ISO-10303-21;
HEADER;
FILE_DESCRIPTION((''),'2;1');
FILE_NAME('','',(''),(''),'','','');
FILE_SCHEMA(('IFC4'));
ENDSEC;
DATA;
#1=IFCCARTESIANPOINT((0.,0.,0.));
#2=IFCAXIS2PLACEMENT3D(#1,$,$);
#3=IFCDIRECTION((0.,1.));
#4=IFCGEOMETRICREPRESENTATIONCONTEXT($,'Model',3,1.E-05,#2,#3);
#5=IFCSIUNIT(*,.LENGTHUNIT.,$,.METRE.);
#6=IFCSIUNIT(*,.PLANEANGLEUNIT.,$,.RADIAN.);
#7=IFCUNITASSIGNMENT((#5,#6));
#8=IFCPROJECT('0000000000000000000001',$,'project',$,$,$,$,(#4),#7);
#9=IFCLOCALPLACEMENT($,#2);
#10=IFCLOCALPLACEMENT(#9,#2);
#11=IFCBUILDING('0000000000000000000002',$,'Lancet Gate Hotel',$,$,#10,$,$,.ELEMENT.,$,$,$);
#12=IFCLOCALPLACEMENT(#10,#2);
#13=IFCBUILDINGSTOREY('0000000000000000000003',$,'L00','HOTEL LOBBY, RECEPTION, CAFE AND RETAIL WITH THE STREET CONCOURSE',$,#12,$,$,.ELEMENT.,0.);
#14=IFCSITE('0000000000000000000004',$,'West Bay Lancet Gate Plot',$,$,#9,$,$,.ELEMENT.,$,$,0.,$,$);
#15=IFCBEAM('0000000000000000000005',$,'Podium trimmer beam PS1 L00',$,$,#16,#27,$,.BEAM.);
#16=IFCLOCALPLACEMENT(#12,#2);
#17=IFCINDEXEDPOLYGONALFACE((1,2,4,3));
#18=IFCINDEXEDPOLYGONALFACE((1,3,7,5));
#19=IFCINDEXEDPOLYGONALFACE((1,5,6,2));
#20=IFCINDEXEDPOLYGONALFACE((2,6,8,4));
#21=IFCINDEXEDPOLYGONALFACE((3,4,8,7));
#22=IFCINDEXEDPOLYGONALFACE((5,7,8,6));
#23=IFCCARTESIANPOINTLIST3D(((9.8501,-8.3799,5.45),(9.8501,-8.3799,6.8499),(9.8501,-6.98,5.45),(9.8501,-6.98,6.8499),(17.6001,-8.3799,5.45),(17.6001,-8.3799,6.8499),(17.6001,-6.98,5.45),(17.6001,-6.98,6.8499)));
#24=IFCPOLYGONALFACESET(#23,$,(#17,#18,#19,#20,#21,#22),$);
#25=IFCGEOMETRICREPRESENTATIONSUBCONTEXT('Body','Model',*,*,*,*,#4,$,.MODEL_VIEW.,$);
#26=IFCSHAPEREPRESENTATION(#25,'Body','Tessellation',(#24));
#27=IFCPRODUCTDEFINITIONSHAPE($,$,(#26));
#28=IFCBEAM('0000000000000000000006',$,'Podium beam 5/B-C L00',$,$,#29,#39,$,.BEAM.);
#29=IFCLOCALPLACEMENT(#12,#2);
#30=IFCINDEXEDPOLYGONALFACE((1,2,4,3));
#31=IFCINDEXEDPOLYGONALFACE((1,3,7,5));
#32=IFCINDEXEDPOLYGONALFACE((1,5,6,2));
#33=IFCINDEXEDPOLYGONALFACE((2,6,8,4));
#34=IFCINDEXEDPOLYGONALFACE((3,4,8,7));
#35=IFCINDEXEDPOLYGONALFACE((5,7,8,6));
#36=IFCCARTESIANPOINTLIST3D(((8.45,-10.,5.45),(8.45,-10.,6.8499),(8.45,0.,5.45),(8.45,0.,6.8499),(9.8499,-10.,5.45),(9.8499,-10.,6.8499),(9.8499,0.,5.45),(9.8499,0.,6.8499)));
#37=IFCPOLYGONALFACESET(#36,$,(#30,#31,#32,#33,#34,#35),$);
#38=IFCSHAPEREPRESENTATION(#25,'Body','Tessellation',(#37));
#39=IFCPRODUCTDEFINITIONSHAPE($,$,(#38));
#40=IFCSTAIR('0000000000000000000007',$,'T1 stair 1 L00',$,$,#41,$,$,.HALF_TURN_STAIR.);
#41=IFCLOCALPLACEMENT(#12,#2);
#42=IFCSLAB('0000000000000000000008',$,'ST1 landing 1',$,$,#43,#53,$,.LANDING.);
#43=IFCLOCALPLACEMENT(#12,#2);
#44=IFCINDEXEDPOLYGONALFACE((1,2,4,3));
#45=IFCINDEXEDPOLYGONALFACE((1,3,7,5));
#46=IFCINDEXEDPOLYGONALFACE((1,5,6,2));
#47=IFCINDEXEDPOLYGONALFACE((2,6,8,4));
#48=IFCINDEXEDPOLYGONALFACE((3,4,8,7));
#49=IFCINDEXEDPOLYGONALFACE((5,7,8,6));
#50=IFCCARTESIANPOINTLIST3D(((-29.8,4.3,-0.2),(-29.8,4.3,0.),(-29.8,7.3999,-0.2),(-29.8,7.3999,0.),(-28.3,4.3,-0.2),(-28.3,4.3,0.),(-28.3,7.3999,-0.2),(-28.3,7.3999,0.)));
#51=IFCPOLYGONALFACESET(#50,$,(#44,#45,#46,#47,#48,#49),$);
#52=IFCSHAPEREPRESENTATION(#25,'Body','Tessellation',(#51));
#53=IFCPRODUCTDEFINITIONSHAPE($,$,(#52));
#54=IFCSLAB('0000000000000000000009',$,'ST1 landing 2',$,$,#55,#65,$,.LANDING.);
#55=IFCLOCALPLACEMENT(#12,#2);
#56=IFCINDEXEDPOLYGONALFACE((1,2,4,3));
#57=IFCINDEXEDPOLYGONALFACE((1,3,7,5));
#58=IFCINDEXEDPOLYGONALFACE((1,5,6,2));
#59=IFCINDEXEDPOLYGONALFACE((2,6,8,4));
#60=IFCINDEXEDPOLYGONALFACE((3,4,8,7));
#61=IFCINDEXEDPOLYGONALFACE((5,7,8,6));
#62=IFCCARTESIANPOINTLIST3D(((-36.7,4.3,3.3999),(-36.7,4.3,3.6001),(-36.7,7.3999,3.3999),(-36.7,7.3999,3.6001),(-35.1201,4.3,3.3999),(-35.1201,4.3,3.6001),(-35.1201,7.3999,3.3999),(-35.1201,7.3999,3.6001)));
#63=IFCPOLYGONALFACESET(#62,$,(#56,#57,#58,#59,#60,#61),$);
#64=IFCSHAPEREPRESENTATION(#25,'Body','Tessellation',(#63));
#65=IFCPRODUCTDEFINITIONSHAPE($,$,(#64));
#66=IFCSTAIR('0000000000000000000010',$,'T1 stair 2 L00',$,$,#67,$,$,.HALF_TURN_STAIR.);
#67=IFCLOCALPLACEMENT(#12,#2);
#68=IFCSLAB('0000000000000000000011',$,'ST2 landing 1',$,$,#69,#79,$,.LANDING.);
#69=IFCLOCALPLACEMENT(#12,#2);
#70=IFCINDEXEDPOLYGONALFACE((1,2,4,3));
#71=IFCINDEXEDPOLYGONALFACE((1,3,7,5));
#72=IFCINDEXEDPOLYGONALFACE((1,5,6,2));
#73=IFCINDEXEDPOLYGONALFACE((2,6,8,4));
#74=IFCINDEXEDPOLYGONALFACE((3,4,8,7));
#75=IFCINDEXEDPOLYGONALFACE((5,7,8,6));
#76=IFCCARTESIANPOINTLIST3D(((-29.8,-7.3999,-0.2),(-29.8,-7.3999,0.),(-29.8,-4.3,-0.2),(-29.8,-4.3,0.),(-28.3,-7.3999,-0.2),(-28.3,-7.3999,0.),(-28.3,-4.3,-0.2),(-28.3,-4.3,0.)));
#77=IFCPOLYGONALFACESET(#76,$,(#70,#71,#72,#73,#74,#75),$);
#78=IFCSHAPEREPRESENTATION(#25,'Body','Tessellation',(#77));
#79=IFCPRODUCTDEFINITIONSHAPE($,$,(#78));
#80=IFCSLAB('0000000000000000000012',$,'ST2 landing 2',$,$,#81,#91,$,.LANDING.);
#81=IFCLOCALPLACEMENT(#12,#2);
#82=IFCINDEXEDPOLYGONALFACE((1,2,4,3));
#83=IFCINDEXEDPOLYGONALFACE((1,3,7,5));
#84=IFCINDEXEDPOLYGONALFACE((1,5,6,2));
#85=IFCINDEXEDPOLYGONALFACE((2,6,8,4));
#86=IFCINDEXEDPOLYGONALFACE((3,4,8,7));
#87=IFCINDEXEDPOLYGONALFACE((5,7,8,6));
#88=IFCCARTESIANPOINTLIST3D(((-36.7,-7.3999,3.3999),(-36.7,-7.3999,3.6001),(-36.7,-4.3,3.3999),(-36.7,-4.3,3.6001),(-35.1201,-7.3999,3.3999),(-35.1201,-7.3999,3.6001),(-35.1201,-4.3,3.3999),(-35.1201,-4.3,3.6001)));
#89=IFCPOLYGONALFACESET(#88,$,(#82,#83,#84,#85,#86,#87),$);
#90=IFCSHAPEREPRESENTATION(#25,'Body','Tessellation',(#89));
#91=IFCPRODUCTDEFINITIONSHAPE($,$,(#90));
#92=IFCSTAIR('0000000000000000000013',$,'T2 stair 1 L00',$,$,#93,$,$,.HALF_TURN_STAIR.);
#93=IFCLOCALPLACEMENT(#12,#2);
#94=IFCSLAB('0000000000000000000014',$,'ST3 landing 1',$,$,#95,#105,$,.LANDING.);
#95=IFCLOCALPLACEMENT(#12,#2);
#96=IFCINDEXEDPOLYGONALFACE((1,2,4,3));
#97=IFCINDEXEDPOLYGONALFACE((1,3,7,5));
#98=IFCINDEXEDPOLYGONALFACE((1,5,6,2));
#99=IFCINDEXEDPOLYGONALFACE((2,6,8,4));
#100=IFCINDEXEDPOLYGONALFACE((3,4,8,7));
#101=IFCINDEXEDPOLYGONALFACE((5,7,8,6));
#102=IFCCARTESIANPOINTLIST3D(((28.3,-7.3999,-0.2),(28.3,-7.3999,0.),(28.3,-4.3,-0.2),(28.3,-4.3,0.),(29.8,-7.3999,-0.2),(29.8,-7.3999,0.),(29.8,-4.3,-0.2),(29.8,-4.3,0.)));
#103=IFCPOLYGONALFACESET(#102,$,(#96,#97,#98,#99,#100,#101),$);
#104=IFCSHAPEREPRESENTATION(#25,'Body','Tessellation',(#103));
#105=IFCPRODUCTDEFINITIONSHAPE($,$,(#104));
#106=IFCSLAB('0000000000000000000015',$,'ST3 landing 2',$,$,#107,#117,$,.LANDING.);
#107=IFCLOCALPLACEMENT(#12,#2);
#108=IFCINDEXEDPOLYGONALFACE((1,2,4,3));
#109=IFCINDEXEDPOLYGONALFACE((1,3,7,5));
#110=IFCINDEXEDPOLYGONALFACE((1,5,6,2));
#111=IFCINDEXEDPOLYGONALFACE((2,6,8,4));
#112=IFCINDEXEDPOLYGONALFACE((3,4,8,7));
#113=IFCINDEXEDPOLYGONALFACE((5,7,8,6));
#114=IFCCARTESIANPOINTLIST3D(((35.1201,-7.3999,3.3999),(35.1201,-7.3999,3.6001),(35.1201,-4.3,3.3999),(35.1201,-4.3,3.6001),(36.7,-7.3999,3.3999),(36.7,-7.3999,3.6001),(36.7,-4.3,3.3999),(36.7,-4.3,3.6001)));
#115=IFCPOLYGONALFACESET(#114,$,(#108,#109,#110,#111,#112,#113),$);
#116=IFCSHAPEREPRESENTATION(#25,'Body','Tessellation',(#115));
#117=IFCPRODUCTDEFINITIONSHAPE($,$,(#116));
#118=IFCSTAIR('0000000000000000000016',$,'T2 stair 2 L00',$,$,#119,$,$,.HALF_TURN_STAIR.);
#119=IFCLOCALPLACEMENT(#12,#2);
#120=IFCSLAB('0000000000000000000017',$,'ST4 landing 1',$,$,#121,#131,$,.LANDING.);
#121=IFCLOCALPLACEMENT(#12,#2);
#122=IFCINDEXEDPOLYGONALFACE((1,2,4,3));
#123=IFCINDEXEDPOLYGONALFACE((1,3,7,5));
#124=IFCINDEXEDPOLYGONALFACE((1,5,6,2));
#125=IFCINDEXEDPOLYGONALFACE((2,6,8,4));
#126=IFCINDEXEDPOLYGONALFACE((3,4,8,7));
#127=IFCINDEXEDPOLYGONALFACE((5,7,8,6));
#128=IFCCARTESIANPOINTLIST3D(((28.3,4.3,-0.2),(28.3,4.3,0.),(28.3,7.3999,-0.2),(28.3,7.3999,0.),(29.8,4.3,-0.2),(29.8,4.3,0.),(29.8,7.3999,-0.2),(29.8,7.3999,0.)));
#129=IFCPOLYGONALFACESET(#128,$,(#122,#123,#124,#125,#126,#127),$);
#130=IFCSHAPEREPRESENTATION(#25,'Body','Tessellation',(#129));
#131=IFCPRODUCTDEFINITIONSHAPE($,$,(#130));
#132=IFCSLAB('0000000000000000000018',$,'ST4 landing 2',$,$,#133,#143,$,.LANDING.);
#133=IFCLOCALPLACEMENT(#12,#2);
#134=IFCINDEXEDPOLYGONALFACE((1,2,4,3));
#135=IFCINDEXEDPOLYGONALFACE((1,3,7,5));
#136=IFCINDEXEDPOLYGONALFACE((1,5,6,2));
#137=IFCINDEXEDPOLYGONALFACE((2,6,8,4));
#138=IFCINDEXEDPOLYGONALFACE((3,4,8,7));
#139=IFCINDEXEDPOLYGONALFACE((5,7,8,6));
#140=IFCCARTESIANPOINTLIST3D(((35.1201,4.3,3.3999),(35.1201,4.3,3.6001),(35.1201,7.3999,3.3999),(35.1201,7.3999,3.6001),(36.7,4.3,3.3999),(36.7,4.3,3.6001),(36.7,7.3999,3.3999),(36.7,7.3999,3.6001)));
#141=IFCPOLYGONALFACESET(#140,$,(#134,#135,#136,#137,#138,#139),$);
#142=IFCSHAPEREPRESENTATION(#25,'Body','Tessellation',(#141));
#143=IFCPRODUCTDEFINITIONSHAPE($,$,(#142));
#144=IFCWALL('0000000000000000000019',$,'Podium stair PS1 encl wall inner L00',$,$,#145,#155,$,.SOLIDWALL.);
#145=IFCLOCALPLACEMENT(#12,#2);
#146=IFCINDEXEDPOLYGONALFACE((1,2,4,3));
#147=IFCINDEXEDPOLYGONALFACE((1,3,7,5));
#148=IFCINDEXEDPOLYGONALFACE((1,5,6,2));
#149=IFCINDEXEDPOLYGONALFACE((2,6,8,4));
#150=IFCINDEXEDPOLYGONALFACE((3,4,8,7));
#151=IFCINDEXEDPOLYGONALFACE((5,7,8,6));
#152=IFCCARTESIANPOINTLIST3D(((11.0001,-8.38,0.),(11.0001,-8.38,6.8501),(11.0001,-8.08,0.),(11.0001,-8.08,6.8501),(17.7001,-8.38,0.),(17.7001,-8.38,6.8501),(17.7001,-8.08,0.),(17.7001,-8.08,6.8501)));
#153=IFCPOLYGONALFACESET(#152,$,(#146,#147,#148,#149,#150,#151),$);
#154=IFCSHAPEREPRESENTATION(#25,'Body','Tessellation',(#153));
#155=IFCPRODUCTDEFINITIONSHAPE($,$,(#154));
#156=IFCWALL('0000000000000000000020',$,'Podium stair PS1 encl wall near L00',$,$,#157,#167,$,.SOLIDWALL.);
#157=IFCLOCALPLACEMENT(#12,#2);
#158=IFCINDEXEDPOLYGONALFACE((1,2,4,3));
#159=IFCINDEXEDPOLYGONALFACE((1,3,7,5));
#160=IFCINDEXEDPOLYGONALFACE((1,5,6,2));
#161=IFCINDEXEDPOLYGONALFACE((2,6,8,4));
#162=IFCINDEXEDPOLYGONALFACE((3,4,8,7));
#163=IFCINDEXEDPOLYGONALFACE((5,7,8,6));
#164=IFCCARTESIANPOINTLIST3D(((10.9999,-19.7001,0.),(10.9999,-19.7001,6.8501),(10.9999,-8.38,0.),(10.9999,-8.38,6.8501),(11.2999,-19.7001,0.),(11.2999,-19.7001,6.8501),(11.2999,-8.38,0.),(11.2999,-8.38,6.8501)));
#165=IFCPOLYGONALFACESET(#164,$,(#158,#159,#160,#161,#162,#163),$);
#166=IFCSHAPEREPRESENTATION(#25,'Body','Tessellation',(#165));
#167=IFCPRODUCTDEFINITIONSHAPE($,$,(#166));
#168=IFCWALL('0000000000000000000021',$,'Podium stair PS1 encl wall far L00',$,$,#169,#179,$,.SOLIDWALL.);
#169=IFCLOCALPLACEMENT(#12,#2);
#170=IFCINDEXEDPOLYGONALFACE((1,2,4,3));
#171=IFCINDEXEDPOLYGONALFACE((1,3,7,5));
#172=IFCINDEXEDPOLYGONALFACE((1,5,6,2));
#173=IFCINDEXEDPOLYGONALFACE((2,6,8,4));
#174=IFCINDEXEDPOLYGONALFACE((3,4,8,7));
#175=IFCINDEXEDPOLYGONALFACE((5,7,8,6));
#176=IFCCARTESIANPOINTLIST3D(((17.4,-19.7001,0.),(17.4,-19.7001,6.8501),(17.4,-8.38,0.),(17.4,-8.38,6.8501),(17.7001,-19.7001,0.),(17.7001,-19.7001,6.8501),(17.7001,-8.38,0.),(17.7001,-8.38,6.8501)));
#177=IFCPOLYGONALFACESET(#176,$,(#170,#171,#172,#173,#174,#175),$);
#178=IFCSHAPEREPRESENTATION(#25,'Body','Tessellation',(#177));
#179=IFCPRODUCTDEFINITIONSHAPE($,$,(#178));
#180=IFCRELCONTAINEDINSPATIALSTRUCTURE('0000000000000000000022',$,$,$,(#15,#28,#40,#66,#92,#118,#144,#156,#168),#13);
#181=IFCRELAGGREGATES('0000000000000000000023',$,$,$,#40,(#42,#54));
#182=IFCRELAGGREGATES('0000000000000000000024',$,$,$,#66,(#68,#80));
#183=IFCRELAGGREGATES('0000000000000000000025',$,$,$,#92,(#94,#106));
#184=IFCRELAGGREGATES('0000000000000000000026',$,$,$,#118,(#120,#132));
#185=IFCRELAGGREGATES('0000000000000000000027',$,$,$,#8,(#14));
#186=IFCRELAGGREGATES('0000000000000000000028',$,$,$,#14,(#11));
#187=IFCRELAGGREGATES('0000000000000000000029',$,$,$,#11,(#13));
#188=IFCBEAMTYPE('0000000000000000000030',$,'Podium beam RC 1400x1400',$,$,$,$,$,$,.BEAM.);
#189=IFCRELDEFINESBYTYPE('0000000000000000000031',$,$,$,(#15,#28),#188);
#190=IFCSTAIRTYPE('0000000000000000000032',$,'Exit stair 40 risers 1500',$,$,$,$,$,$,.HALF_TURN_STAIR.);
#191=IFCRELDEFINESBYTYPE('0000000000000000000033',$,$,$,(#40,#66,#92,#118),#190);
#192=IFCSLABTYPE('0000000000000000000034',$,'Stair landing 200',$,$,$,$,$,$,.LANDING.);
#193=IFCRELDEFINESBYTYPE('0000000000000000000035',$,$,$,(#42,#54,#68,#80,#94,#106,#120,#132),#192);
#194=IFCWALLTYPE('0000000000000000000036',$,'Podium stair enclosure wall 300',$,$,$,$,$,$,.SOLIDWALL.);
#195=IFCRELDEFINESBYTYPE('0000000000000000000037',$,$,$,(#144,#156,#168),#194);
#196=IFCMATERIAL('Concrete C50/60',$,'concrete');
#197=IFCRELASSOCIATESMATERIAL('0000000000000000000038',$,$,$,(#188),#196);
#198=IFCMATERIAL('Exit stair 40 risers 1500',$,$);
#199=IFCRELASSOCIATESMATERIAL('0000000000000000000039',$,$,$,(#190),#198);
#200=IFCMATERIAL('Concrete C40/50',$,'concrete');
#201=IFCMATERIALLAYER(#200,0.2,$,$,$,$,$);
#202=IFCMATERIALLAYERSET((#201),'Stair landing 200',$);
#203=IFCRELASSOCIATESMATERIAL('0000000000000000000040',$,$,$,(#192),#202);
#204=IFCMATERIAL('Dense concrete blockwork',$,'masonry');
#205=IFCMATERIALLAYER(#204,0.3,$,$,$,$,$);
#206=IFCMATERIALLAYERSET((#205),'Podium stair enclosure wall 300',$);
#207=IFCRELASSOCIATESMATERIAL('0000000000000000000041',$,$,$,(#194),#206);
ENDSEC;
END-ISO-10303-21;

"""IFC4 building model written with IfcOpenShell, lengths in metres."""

from ifc_helpers import new_model, si_unit, direction, frame, frame_2d, origin, origin_2d, place, context, subcontext, project, spatial, polyline, rectangle, outline, extrude, material, layer, layer_set, material_profile, profile_set, type_object, element, aggregate, save


model = new_model("IFC4")

# Units and contexts
model_context = context("Model", 3, precision=1e-05, world=origin(), true_north=direction((0.0, 1.0)))
body_context = subcontext(model_context, "Body", "Model", "MODEL_VIEW")
ifc_project = project(units=[si_unit("LENGTHUNIT", "METRE"), si_unit("PLANEANGLEUNIT", "RADIAN")], contexts=[model_context])

# Site, building, storey
site_placement = place(None, origin())
site = spatial("IfcSite", under=ifc_project, at=site_placement, Name="West Bay Lancet Gate Plot", CompositionType="ELEMENT", RefElevation=0.0)
building_placement = place(site_placement, origin())
building = spatial("IfcBuilding", under=site, at=building_placement, Name="Lancet Gate Hotel", CompositionType="ELEMENT")
storey_placement = place(building_placement, origin())
storey = spatial("IfcBuildingStorey", under=building, at=storey_placement, Name="L00", Description="HOTEL LOBBY, RECEPTION, CAFE AND RETAIL WITH THE STREET CONCOURSE", CompositionType="ELEMENT", Elevation=0.0)

# Beams
ifc_material_1 = material(Name="Concrete C50/60", Category="concrete")
ifc_material_profile_1 = material_profile(ifc_material_1, rectangle(XDim=1.3999, YDim=1.3999, at=origin_2d()), Name="RC 1400x1400")
ifc_profile_set_1 = profile_set([ifc_material_profile_1], Name="Concrete C50/60")
beam_type_1 = type_object("IfcBeamType", Name="Podium beam RC 1400x1400", PredefinedType="BEAM", material=ifc_profile_set_1)
beam_1_placement = place(storey_placement, frame((9.8501, -7.6799, 6.1499), z_axis=(1.0, 0.0, 0.0), x_axis=(0.0, 1.0, 0.0)))
element("IfcBeam", 1, at=beam_1_placement, inside=storey, type_object=beam_type_1, Name="Podium trimmer beam PS1 L00", PredefinedType="BEAM", context=body_context, shape_type="SweptSolid", body=[
    extrude(rectangle(XDim=1.3999, YDim=1.3999, at=origin_2d()), origin(), (0.0, 0.0, 1.0), 7.75),
])
beam_2_placement = place(storey_placement, frame((9.1499, -10.0, 6.1499), z_axis=(0.0, 1.0, 0.0), x_axis=(-1.0, 0.0, 0.0)))
element("IfcBeam", 2, at=beam_2_placement, inside=storey, type_object=beam_type_1, Name="Podium beam 5/B-C L00", PredefinedType="BEAM", context=body_context, shape_type="SweptSolid", body=[
    extrude(rectangle(XDim=1.3999, YDim=1.3999, at=origin_2d()), origin(), (0.0, 0.0, 1.0), 10.0),
])

# Stairs, slabs
ifc_material_2 = material(Name="Exit stair 40 risers 1500")
stair_type_1 = type_object("IfcStairType", Name="Exit stair 40 risers 1500", PredefinedType="HALF_TURN_STAIR", material=ifc_material_2)
stair_1_placement = place(storey_placement, origin())
stair_1 = element("IfcStair", 3, at=stair_1_placement, inside=storey, type_object=stair_type_1, Name="T1 stair 1 L00", PredefinedType="HALF_TURN_STAIR")
ifc_material_3 = material(Name="Concrete C40/50", Category="concrete")
ifc_layer_1 = layer(ifc_material_3, 0.2)
ifc_layer_set_1 = layer_set([ifc_layer_1], Name="Stair landing 200")
slab_type_1 = type_object("IfcSlabType", Name="Stair landing 200", PredefinedType="LANDING", material=ifc_layer_set_1)
slab_1_placement = place(storey_placement, frame((0.0, 0.0, -0.2)))
slab_1 = element("IfcSlab", 4, at=slab_1_placement, type_object=slab_type_1, Name="ST1 landing 1", PredefinedType="LANDING", context=body_context, shape_type="SweptSolid", body=[
    extrude(outline(polyline([(-28.3, 7.3999), (-29.8, 7.3999), (-29.8, 4.3), (-28.3, 4.3), (-28.3, 7.3999)])), origin(), (0.0, 0.0, 1.0), 0.2),
])
slab_2_placement = place(storey_placement, frame((0.0, 0.0, 3.3999)))
slab_2 = element("IfcSlab", 5, at=slab_2_placement, type_object=slab_type_1, Name="ST1 landing 2", PredefinedType="LANDING", context=body_context, shape_type="SweptSolid", body=[
    extrude(outline(polyline([(-35.1201, 7.3999), (-36.7, 7.3999), (-36.7, 4.3), (-35.1201, 4.3), (-35.1201, 7.3999)])), origin(), (0.0, 0.0, 1.0), 0.2002),
])
aggregate(stair_1, [slab_1, slab_2])
stair_2_placement = place(storey_placement, origin())
stair_2 = element("IfcStair", 6, at=stair_2_placement, inside=storey, type_object=stair_type_1, Name="T1 stair 2 L00", PredefinedType="HALF_TURN_STAIR")
slab_3_placement = place(storey_placement, frame((0.0, 0.0, -0.2)))
slab_3 = element("IfcSlab", 7, at=slab_3_placement, type_object=slab_type_1, Name="ST2 landing 1", PredefinedType="LANDING", context=body_context, shape_type="SweptSolid", body=[
    extrude(outline(polyline([(-28.3, -4.3), (-29.8, -4.3), (-29.8, -7.3999), (-28.3, -7.3999), (-28.3, -4.3)])), origin(), (0.0, 0.0, 1.0), 0.2),
])
slab_4_placement = place(storey_placement, frame((0.0, 0.0, 3.3999)))
slab_4 = element("IfcSlab", 8, at=slab_4_placement, type_object=slab_type_1, Name="ST2 landing 2", PredefinedType="LANDING", context=body_context, shape_type="SweptSolid", body=[
    extrude(outline(polyline([(-35.1201, -4.3), (-36.7, -4.3), (-36.7, -7.3999), (-35.1201, -7.3999), (-35.1201, -4.3)])), origin(), (0.0, 0.0, 1.0), 0.2002),
])
aggregate(stair_2, [slab_3, slab_4])
stair_3_placement = place(storey_placement, origin())
stair_3 = element("IfcStair", 9, at=stair_3_placement, inside=storey, type_object=stair_type_1, Name="T2 stair 1 L00", PredefinedType="HALF_TURN_STAIR")
slab_5_placement = place(storey_placement, frame((0.0, 0.0, -0.2)))
slab_5 = element("IfcSlab", 10, at=slab_5_placement, type_object=slab_type_1, Name="ST3 landing 1", PredefinedType="LANDING", context=body_context, shape_type="SweptSolid", body=[
    extrude(outline(polyline([(28.3, -7.3999), (29.8, -7.3999), (29.8, -4.3), (28.3, -4.3), (28.3, -7.3999)])), origin(), (0.0, 0.0, 1.0), 0.2),
])
slab_6_placement = place(storey_placement, frame((0.0, 0.0, 3.3999)))
slab_6 = element("IfcSlab", 11, at=slab_6_placement, type_object=slab_type_1, Name="ST3 landing 2", PredefinedType="LANDING", context=body_context, shape_type="SweptSolid", body=[
    extrude(outline(polyline([(35.1201, -7.3999), (36.7, -7.3999), (36.7, -4.3), (35.1201, -4.3), (35.1201, -7.3999)])), origin(), (0.0, 0.0, 1.0), 0.2002),
])
aggregate(stair_3, [slab_5, slab_6])
stair_4_placement = place(storey_placement, origin())
stair_4 = element("IfcStair", 12, at=stair_4_placement, inside=storey, type_object=stair_type_1, Name="T2 stair 2 L00", PredefinedType="HALF_TURN_STAIR")
slab_7_placement = place(storey_placement, frame((0.0, 0.0, -0.2)))
slab_7 = element("IfcSlab", 13, at=slab_7_placement, type_object=slab_type_1, Name="ST4 landing 1", PredefinedType="LANDING", context=body_context, shape_type="SweptSolid", body=[
    extrude(outline(polyline([(28.3, 4.3), (29.8, 4.3), (29.8, 7.3999), (28.3, 7.3999), (28.3, 4.3)])), origin(), (0.0, 0.0, 1.0), 0.2),
])
slab_8_placement = place(storey_placement, frame((0.0, 0.0, 3.3999)))
slab_8 = element("IfcSlab", 14, at=slab_8_placement, type_object=slab_type_1, Name="ST4 landing 2", PredefinedType="LANDING", context=body_context, shape_type="SweptSolid", body=[
    extrude(outline(polyline([(35.1201, 4.3), (36.7, 4.3), (36.7, 7.3999), (35.1201, 7.3999), (35.1201, 4.3)])), origin(), (0.0, 0.0, 1.0), 0.2002),
])
aggregate(stair_4, [slab_7, slab_8])

# Walls
ifc_material_4 = material(Name="Dense concrete blockwork", Category="masonry")
ifc_layer_2 = layer(ifc_material_4, 0.3)
ifc_layer_set_2 = layer_set([ifc_layer_2], Name="Podium stair enclosure wall 300")
wall_type_1 = type_object("IfcWallType", Name="Podium stair enclosure wall 300", PredefinedType="SOLIDWALL", material=ifc_layer_set_2)
wall_1_placement = place(storey_placement, frame((11.0, -8.23, 0.0), z_axis=(0.0, 0.0, 1.0), x_axis=(1.0, 0.0, 0.0)))
element("IfcWall", 15, at=wall_1_placement, inside=storey, type_object=wall_type_1, Name="Podium stair PS1 encl wall inner L00", PredefinedType="SOLIDWALL", context=body_context, shape_type="SweptSolid", body=[
    extrude(rectangle(XDim=6.7, YDim=0.3, at=frame_2d((3.3501, 0.0))), origin(), (0.0, 0.0, 1.0), 6.8501),
])
for number, where, z_axis, x_axis, name in (
    (16, (11.1499, -8.3799, 0.0), (0.0, 0.0, 1.0), (0.0, -1.0, 0.0), "Podium stair PS1 encl wall near L00"),
    (17, (17.55, -8.3799, 0.0), (0.0, 0.0, 1.0), (0.0, -1.0, 0.0), "Podium stair PS1 encl wall far L00"),
):
    element("IfcWall", number, at=place(storey_placement, frame(where, z_axis=z_axis, x_axis=x_axis)), inside=storey, type_object=wall_type_1, Name=name, PredefinedType="SOLIDWALL", context=body_context, shape_type="SweptSolid", body=[
        extrude(rectangle(XDim=11.3201, YDim=0.3, at=frame_2d((5.6602, 0.0))), origin(), (0.0, 0.0, 1.0), 6.8501),
    ])

save(model, "model.ifc")
